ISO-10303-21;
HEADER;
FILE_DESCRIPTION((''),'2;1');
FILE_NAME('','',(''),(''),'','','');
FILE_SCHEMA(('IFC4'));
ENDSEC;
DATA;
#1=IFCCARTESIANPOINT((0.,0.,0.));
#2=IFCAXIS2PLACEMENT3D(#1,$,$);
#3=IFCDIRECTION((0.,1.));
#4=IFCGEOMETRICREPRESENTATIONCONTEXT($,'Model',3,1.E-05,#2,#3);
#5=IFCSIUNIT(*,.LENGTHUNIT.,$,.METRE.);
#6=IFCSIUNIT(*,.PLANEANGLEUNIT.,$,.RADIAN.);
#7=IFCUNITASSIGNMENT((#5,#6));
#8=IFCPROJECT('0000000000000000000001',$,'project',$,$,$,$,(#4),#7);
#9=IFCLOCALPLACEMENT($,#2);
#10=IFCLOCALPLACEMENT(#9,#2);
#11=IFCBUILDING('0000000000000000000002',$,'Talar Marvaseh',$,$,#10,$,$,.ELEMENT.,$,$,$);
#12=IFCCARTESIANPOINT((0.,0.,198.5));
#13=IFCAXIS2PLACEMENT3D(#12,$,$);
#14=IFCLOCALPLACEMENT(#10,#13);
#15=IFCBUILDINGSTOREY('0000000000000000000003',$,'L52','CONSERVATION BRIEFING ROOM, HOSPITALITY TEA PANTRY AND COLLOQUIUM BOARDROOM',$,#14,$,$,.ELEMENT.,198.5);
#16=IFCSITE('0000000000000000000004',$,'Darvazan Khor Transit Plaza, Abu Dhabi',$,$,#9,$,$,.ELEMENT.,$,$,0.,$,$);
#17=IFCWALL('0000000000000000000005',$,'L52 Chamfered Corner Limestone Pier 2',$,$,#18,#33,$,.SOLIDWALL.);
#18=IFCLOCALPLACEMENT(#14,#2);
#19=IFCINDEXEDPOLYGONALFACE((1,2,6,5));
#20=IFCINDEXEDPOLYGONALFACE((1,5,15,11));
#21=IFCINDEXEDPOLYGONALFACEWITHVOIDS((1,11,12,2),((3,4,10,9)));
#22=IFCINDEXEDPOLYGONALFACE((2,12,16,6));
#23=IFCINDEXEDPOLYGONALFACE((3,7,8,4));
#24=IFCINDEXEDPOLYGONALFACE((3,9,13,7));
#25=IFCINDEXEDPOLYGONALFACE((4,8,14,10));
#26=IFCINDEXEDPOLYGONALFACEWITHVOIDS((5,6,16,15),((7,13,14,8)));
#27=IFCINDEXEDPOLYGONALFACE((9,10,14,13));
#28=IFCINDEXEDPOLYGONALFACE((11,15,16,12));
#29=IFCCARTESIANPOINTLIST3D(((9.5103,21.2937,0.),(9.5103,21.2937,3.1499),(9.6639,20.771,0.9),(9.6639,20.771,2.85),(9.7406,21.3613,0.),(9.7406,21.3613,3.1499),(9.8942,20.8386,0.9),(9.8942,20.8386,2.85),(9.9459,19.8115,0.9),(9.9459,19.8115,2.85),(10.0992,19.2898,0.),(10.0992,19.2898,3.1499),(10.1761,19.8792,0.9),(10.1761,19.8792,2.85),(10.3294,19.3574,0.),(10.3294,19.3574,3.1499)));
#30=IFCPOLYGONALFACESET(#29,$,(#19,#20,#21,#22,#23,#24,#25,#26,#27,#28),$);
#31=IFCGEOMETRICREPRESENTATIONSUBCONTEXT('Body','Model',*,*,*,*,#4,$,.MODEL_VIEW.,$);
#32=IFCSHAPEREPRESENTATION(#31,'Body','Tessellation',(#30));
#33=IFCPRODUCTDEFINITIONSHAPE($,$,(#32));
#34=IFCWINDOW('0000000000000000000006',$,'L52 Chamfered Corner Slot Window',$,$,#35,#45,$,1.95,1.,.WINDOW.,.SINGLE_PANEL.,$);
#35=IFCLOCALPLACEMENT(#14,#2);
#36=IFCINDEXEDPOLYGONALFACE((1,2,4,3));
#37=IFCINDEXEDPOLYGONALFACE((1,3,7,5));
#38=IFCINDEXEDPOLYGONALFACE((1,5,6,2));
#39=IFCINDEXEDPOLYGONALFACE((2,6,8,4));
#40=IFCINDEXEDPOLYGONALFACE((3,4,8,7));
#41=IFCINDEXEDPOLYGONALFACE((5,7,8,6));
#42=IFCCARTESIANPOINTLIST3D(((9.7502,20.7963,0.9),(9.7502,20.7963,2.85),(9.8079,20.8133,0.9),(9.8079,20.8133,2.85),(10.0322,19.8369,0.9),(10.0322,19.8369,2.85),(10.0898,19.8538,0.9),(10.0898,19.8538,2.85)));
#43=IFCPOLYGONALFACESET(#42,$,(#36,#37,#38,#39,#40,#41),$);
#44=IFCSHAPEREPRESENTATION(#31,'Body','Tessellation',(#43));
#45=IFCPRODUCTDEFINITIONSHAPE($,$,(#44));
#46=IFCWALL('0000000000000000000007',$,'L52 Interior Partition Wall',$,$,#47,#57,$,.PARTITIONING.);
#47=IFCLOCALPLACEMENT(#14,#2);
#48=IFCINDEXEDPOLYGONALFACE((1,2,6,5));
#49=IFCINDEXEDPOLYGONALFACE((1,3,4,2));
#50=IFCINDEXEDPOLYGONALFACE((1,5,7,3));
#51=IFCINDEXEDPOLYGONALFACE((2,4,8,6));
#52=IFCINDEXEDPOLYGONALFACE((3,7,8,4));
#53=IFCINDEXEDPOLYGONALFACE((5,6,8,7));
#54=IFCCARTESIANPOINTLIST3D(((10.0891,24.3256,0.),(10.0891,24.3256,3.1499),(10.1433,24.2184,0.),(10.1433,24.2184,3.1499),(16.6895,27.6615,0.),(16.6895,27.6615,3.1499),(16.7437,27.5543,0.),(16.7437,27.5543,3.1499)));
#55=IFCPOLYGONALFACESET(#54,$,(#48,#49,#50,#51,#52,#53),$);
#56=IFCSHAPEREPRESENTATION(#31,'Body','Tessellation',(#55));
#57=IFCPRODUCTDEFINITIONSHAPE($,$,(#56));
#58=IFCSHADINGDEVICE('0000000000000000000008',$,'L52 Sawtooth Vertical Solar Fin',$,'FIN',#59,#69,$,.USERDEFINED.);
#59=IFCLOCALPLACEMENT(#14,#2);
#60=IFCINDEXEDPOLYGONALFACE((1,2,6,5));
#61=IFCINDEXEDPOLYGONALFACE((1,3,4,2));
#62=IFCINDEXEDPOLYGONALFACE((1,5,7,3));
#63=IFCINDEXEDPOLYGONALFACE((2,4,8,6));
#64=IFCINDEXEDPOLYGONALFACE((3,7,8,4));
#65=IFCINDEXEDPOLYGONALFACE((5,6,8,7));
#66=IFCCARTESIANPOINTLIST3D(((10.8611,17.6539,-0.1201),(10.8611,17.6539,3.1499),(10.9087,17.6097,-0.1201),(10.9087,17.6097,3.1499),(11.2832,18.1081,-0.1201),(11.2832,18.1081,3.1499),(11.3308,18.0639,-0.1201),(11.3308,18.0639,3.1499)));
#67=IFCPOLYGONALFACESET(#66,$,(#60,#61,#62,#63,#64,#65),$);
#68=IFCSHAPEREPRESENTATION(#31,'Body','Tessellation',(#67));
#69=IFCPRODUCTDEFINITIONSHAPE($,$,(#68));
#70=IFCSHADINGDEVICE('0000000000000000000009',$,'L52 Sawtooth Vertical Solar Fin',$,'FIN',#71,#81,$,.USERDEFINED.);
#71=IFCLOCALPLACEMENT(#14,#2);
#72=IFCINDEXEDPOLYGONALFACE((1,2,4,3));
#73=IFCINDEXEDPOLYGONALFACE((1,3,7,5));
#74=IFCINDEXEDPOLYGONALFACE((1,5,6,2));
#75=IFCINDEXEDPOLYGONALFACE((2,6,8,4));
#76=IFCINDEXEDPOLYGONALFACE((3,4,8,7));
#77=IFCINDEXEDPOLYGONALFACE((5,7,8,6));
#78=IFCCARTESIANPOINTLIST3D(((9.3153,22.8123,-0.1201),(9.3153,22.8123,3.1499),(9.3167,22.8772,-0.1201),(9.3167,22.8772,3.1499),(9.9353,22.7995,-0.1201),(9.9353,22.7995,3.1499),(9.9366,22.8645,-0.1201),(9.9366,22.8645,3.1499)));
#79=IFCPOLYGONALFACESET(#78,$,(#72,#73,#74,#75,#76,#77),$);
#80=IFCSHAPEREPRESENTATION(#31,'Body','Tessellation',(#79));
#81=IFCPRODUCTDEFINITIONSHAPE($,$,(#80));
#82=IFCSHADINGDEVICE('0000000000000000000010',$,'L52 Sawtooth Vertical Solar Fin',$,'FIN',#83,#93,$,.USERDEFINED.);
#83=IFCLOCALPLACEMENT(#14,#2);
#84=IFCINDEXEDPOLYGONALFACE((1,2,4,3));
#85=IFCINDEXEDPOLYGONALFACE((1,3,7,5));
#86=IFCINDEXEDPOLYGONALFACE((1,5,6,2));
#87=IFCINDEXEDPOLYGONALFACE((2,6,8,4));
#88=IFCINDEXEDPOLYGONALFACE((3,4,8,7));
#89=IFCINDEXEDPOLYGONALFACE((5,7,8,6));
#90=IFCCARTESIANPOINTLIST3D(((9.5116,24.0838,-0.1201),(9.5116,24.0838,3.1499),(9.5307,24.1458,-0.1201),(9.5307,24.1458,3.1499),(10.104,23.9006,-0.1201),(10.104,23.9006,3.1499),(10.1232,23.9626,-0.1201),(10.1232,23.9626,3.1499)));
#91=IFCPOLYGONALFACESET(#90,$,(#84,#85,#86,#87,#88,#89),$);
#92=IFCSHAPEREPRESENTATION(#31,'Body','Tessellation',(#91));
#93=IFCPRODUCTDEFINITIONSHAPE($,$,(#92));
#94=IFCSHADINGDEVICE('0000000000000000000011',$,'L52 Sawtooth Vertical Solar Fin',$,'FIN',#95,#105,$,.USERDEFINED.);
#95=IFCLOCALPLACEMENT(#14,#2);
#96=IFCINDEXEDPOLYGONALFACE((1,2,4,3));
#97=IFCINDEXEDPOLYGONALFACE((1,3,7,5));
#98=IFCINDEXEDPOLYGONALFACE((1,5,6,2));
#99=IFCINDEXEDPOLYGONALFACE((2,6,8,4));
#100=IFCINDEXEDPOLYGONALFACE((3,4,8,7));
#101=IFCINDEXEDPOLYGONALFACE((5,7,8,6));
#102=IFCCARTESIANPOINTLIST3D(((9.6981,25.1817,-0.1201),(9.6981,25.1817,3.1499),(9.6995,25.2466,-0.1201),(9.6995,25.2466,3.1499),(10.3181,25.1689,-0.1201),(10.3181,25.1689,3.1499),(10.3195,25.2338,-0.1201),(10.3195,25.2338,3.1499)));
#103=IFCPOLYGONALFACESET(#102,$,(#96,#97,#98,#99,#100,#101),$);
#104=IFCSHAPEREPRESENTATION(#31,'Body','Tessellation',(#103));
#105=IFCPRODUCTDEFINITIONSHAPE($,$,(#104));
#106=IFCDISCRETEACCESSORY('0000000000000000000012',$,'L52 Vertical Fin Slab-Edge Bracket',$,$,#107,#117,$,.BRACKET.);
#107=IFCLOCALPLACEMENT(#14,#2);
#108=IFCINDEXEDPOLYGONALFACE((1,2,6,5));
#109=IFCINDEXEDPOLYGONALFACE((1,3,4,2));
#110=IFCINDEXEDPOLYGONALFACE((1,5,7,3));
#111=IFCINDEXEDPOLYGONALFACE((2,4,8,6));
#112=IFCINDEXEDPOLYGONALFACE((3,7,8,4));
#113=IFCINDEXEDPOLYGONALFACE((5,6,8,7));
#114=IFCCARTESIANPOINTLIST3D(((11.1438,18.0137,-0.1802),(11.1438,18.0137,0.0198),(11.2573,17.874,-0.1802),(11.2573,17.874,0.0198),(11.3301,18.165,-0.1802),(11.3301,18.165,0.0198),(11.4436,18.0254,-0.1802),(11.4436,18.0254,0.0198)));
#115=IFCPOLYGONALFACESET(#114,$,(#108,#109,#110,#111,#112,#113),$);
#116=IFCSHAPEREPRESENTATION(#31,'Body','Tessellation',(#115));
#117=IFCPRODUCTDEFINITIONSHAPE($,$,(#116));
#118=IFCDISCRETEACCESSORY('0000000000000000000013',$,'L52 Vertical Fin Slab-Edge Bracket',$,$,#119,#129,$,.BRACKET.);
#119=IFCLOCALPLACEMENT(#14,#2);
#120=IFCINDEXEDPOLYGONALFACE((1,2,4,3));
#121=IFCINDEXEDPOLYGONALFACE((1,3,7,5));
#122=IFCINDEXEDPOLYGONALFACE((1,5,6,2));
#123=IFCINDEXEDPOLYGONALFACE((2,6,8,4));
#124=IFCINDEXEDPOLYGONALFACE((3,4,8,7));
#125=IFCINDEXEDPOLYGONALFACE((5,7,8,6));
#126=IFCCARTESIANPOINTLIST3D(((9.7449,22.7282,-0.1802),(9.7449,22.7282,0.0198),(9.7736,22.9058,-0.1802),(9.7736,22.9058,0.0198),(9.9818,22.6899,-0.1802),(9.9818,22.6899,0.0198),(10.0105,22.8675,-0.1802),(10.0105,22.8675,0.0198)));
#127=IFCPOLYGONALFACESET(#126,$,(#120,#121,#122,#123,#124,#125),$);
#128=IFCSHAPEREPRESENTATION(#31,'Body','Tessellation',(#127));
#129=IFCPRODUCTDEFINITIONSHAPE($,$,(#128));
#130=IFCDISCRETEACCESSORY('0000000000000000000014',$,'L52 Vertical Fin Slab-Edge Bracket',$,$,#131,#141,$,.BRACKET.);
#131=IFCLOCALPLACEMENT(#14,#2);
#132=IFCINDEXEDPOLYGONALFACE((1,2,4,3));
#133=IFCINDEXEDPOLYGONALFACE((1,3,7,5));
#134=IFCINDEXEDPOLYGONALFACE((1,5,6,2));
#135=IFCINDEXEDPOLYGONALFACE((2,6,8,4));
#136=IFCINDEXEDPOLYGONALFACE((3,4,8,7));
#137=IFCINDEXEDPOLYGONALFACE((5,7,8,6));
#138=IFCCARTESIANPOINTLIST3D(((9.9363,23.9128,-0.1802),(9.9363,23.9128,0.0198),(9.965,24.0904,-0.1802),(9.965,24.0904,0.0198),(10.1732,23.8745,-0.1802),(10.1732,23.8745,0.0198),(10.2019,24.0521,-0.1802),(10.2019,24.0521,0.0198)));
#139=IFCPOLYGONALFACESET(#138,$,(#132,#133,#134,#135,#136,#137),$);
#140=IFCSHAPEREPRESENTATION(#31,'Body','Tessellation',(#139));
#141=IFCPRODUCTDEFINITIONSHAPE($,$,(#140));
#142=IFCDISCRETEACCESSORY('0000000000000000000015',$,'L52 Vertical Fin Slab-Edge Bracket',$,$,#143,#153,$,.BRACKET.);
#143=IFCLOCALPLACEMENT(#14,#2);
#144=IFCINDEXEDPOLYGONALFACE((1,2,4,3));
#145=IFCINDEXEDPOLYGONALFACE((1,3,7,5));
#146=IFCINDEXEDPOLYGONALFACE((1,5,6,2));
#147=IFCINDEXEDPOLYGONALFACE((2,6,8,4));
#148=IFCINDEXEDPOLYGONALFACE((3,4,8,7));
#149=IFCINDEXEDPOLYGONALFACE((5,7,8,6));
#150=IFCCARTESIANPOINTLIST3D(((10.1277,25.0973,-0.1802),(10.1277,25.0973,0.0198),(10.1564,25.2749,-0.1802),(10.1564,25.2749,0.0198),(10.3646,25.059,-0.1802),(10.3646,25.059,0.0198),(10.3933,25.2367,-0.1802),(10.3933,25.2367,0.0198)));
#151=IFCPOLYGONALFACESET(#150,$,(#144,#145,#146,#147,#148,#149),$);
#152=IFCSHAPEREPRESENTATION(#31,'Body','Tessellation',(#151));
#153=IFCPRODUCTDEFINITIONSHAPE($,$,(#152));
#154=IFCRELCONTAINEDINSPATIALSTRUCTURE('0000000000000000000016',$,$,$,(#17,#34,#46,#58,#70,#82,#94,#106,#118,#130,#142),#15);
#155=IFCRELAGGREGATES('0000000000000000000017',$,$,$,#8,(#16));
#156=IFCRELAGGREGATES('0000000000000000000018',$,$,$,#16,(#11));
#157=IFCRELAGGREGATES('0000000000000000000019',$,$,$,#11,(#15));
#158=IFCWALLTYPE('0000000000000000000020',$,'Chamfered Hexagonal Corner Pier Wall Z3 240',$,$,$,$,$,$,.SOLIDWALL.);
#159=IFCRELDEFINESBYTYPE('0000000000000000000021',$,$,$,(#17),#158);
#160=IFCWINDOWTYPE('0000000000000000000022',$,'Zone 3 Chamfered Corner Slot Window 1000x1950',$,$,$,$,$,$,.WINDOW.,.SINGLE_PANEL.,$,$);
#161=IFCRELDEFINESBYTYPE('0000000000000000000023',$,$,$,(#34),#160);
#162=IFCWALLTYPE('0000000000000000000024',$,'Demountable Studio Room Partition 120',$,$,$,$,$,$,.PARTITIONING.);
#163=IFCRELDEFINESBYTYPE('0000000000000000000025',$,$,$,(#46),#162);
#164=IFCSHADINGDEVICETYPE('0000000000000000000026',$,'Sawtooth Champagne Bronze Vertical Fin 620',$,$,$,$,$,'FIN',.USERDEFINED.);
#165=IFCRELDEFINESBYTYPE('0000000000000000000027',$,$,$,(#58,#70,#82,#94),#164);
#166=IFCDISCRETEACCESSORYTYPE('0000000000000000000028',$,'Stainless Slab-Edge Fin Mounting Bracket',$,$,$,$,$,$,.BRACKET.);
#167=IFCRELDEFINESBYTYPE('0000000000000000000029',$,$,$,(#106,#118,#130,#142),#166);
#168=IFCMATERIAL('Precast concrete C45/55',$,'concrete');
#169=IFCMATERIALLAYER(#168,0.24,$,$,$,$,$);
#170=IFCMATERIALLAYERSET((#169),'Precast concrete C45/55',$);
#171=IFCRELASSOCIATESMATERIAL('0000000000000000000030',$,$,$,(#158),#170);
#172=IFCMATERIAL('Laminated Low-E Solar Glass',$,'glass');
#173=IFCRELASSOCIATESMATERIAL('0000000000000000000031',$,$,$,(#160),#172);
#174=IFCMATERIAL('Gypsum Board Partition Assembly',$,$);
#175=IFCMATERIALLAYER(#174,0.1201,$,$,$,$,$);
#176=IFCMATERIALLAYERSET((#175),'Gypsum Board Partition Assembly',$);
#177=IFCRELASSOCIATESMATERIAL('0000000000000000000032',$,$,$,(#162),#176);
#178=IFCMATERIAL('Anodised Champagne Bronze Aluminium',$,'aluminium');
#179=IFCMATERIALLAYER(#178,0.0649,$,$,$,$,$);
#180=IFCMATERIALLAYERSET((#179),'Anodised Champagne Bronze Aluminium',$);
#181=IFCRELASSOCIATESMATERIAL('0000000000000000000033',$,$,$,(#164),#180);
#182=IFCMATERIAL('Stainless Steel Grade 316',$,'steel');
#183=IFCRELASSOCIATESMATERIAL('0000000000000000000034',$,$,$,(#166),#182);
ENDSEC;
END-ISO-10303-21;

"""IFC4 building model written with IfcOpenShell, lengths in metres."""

from ifc_helpers import new_model, si_unit, direction, frame, frame_2d, origin, origin_2d, place, context, subcontext, project, spatial, rectangle, extrude, source, transform, mapped, material, layer, layer_set, type_object, type_shapes, element, fill, save


model = new_model("IFC4")

# Units and contexts
model_context = context("Model", 3, precision=1e-05, world=origin(), true_north=direction((0.0, 1.0)))
body_context = subcontext(model_context, "Body", "Model", "MODEL_VIEW")
ifc_project = project(units=[si_unit("LENGTHUNIT", "METRE"), si_unit("PLANEANGLEUNIT", "RADIAN")], contexts=[model_context])

# Site, building, storey
site_placement = place(None, origin())
site = spatial("IfcSite", under=ifc_project, at=site_placement, Name="Darvazan Khor Transit Plaza, Abu Dhabi", CompositionType="ELEMENT", RefElevation=0.0)
building_placement = place(site_placement, origin())
building = spatial("IfcBuilding", under=site, at=building_placement, Name="Talar Marvaseh", CompositionType="ELEMENT")
storey_placement = place(building_placement, frame((0.0, 0.0, 198.5)))
storey = spatial("IfcBuildingStorey", under=building, at=storey_placement, Name="L52", Description="CONSERVATION BRIEFING ROOM, HOSPITALITY TEA PANTRY AND COLLOQUIUM BOARDROOM", CompositionType="ELEMENT", Elevation=198.5)

# Shared definitions
ifc_material_1 = material(Name="Laminated Low-E Solar Glass", Category="glass")

# Wall, opening, window
ifc_material_2 = material(Name="Precast concrete C45/55", Category="concrete")
ifc_layer_1 = layer(ifc_material_2, 0.24)
ifc_layer_set_1 = layer_set([ifc_layer_1], Name="Precast concrete C45/55")
wall_type_1 = type_object("IfcWallType", Name="Chamfered Hexagonal Corner Pier Wall Z3 240", PredefinedType="SOLIDWALL", material=ifc_layer_set_1)
wall_1_placement = place(storey_placement, frame((10.2144, 19.3235, 0.0), z_axis=(0.0, 0.0, 1.0), x_axis=(-0.281938, 0.959432, 0.0)))
wall_1 = element("IfcWall", 1, at=wall_1_placement, inside=storey, type_object=wall_type_1, Name="L52 Chamfered Corner Limestone Pier 2", PredefinedType="SOLIDWALL", context=body_context, shape_type="SweptSolid", body=[
    extrude(rectangle(XDim=2.0886, YDim=0.24, at=frame_2d((1.0444, 0.0))), origin(), (0.0, 0.0, 1.0), 3.1499),
])
opening_placement = place(wall_1_placement, frame((0.5439, 0.0, 0.8999)))
opening = element("IfcOpeningElement", 2, at=opening_placement, cuts=wall_1, PredefinedType="OPENING", context=body_context, shape_type="SweptSolid", body=[
    extrude(rectangle(XDim=1.0, YDim=1.95, at=frame_2d((0.5, 0.9751))), frame((0.0, 0.1299, 0.0), z_axis=(0.0, -1.0, 0.0), x_axis=(1.0, 0.0, 0.0)), (0.0, 0.0, 1.0), 0.26),
])
window_type = type_object("IfcWindowType", Name="Zone 3 Chamfered Corner Slot Window 1000x1950", PartitioningType="SINGLE_PANEL", PredefinedType="WINDOW", material=ifc_material_1)
shared_shape_1 = source(origin(), body_context, "Body", "SweptSolid", [
    extrude(rectangle(XDim=1.0, YDim=1.95, at=frame_2d((0.5, 0.9751))), frame((0.0, 0.03, 0.0), z_axis=(0.0, -1.0, 0.0), x_axis=(1.0, 0.0, 0.0)), (0.0, 0.0, 1.0), 0.0601),
])
type_shapes(window_type, [shared_shape_1])
window_placement = place(opening_placement, origin())
window = element("IfcWindow", 3, at=window_placement, inside=storey, type_object=window_type, Name="L52 Chamfered Corner Slot Window", OverallHeight=1.95, OverallWidth=1.0, PartitioningType="SINGLE_PANEL", PredefinedType="WINDOW", context=body_context, shape_type="MappedRepresentation", body=[
    mapped(shared_shape_1, transform((0.0, 0.0, 0.0), x_axis=(1.0, 0.0, 0.0), y_axis=(0.0, 1.0, 0.0), z_axis=(0.0, 0.0, 1.0), scale=1.0)),
])
fill(opening, window)

# Wall
ifc_material_3 = material(Name="Gypsum Board Partition Assembly")
ifc_layer_2 = layer(ifc_material_3, 0.1201)
ifc_layer_set_2 = layer_set([ifc_layer_2], Name="Gypsum Board Partition Assembly")
wall_type_2 = type_object("IfcWallType", Name="Demountable Studio Room Partition 120", PredefinedType="PARTITIONING", material=ifc_layer_set_2)
wall_2_placement = place(storey_placement, frame((10.1162, 24.272, 0.0), z_axis=(0.0, 0.0, 1.0), x_axis=(0.892484, 0.451078, 0.0)))
element("IfcWall", 4, at=wall_2_placement, inside=storey, type_object=wall_type_2, Name="L52 Interior Partition Wall", PredefinedType="PARTITIONING", context=body_context, shape_type="SweptSolid", body=[
    extrude(rectangle(XDim=7.3955, YDim=0.1201, at=frame_2d((3.6978, 0.0))), origin(), (0.0, 0.0, 1.0), 3.1499),
])

# Shading devices
ifc_material_4 = material(Name="Anodised Champagne Bronze Aluminium", Category="aluminium")
ifc_layer_3 = layer(ifc_material_4, 0.0649)
ifc_layer_set_3 = layer_set([ifc_layer_3], Name="Anodised Champagne Bronze Aluminium")
shading_device_type = type_object("IfcShadingDeviceType", Name="Sawtooth Champagne Bronze Vertical Fin 620", ElementType="FIN", PredefinedType="USERDEFINED", material=ifc_layer_set_3)
shared_shape_2 = source(origin(), body_context, "Body", "SweptSolid", [
    extrude(rectangle(XDim=0.6201, YDim=0.0649, at=origin_2d()), origin(), (0.0, 0.0, 1.0), 3.27),
])
type_shapes(shading_device_type, [shared_shape_2])
for number, where, z_axis, x_axis, name in (
    (5, (11.0959, 17.8589, -0.1201), (0.0, 0.0, 1.0), (-0.680721, -0.732543, 0.0), "L52 Sawtooth Vertical Solar Fin"),
    (6, (9.626, 22.8384, -0.1201), (0.0, 0.0, 1.0), (-0.999788, 0.020593, 0.0), "L52 Sawtooth Vertical Solar Fin"),
    (7, (9.8174, 24.0232, -0.1201), (0.0, 0.0, 1.0), (-0.955382, 0.295375, 0.0), "L52 Sawtooth Vertical Solar Fin"),
    (8, (10.0088, 25.2078, -0.1201), (0.0, 0.0, 1.0), (-0.999788, 0.020593, 0.0), "L52 Sawtooth Vertical Solar Fin"),
):
    element("IfcShadingDevice", number, at=place(storey_placement, frame(where, z_axis=z_axis, x_axis=x_axis)), inside=storey, type_object=shading_device_type, Name=name, ObjectType="FIN", PredefinedType="USERDEFINED", context=body_context, shape_type="MappedRepresentation", body=[
        mapped(shared_shape_2, transform((0.0, 0.0, 0.0), x_axis=(1.0, 0.0, 0.0), y_axis=(0.0, 1.0, 0.0), z_axis=(0.0, 0.0, 1.0), scale=1.0)),
    ])

# Discrete accessories
ifc_material_5 = material(Name="Stainless Steel Grade 316", Category="steel")
discrete_accessory_type = type_object("IfcDiscreteAccessoryType", Name="Stainless Slab-Edge Fin Mounting Bracket", PredefinedType="BRACKET", material=ifc_material_5)
shared_shape_3 = source(origin(), body_context, "Body", "SweptSolid", [
    extrude(rectangle(XDim=0.24, YDim=0.1799, at=origin_2d()), origin(), (0.0, 0.0, 1.0), 0.2),
])
type_shapes(discrete_accessory_type, [shared_shape_3])
for number, where, z_axis, x_axis, name in (
    (9, (11.2937, 18.0195, -0.1802), (0.0, 0.0, 1.0), (-0.776046, -0.630676, 0.0), "L52 Vertical Fin Slab-Edge Bracket"),
    (10, (9.8777, 22.7979, -0.1802), (0.0, 0.0, 1.0), (-0.987192, 0.159537, 0.0), "L52 Vertical Fin Slab-Edge Bracket"),
    (11, (10.0691, 23.9824, -0.1802), (0.0, 0.0, 1.0), (-0.987192, 0.159537, 0.0), "L52 Vertical Fin Slab-Edge Bracket"),
    (12, (10.2605, 25.167, -0.1802), (0.0, 0.0, 1.0), (-0.987192, 0.159537, 0.0), "L52 Vertical Fin Slab-Edge Bracket"),
):
    element("IfcDiscreteAccessory", number, at=place(storey_placement, frame(where, z_axis=z_axis, x_axis=x_axis)), inside=storey, type_object=discrete_accessory_type, Name=name, PredefinedType="BRACKET", context=body_context, shape_type="MappedRepresentation", body=[
        mapped(shared_shape_3, transform((0.0, 0.0, 0.0), x_axis=(1.0, 0.0, 0.0), y_axis=(0.0, 1.0, 0.0), z_axis=(0.0, 0.0, 1.0), scale=1.0)),
    ])

save(model, "model.ifc")
